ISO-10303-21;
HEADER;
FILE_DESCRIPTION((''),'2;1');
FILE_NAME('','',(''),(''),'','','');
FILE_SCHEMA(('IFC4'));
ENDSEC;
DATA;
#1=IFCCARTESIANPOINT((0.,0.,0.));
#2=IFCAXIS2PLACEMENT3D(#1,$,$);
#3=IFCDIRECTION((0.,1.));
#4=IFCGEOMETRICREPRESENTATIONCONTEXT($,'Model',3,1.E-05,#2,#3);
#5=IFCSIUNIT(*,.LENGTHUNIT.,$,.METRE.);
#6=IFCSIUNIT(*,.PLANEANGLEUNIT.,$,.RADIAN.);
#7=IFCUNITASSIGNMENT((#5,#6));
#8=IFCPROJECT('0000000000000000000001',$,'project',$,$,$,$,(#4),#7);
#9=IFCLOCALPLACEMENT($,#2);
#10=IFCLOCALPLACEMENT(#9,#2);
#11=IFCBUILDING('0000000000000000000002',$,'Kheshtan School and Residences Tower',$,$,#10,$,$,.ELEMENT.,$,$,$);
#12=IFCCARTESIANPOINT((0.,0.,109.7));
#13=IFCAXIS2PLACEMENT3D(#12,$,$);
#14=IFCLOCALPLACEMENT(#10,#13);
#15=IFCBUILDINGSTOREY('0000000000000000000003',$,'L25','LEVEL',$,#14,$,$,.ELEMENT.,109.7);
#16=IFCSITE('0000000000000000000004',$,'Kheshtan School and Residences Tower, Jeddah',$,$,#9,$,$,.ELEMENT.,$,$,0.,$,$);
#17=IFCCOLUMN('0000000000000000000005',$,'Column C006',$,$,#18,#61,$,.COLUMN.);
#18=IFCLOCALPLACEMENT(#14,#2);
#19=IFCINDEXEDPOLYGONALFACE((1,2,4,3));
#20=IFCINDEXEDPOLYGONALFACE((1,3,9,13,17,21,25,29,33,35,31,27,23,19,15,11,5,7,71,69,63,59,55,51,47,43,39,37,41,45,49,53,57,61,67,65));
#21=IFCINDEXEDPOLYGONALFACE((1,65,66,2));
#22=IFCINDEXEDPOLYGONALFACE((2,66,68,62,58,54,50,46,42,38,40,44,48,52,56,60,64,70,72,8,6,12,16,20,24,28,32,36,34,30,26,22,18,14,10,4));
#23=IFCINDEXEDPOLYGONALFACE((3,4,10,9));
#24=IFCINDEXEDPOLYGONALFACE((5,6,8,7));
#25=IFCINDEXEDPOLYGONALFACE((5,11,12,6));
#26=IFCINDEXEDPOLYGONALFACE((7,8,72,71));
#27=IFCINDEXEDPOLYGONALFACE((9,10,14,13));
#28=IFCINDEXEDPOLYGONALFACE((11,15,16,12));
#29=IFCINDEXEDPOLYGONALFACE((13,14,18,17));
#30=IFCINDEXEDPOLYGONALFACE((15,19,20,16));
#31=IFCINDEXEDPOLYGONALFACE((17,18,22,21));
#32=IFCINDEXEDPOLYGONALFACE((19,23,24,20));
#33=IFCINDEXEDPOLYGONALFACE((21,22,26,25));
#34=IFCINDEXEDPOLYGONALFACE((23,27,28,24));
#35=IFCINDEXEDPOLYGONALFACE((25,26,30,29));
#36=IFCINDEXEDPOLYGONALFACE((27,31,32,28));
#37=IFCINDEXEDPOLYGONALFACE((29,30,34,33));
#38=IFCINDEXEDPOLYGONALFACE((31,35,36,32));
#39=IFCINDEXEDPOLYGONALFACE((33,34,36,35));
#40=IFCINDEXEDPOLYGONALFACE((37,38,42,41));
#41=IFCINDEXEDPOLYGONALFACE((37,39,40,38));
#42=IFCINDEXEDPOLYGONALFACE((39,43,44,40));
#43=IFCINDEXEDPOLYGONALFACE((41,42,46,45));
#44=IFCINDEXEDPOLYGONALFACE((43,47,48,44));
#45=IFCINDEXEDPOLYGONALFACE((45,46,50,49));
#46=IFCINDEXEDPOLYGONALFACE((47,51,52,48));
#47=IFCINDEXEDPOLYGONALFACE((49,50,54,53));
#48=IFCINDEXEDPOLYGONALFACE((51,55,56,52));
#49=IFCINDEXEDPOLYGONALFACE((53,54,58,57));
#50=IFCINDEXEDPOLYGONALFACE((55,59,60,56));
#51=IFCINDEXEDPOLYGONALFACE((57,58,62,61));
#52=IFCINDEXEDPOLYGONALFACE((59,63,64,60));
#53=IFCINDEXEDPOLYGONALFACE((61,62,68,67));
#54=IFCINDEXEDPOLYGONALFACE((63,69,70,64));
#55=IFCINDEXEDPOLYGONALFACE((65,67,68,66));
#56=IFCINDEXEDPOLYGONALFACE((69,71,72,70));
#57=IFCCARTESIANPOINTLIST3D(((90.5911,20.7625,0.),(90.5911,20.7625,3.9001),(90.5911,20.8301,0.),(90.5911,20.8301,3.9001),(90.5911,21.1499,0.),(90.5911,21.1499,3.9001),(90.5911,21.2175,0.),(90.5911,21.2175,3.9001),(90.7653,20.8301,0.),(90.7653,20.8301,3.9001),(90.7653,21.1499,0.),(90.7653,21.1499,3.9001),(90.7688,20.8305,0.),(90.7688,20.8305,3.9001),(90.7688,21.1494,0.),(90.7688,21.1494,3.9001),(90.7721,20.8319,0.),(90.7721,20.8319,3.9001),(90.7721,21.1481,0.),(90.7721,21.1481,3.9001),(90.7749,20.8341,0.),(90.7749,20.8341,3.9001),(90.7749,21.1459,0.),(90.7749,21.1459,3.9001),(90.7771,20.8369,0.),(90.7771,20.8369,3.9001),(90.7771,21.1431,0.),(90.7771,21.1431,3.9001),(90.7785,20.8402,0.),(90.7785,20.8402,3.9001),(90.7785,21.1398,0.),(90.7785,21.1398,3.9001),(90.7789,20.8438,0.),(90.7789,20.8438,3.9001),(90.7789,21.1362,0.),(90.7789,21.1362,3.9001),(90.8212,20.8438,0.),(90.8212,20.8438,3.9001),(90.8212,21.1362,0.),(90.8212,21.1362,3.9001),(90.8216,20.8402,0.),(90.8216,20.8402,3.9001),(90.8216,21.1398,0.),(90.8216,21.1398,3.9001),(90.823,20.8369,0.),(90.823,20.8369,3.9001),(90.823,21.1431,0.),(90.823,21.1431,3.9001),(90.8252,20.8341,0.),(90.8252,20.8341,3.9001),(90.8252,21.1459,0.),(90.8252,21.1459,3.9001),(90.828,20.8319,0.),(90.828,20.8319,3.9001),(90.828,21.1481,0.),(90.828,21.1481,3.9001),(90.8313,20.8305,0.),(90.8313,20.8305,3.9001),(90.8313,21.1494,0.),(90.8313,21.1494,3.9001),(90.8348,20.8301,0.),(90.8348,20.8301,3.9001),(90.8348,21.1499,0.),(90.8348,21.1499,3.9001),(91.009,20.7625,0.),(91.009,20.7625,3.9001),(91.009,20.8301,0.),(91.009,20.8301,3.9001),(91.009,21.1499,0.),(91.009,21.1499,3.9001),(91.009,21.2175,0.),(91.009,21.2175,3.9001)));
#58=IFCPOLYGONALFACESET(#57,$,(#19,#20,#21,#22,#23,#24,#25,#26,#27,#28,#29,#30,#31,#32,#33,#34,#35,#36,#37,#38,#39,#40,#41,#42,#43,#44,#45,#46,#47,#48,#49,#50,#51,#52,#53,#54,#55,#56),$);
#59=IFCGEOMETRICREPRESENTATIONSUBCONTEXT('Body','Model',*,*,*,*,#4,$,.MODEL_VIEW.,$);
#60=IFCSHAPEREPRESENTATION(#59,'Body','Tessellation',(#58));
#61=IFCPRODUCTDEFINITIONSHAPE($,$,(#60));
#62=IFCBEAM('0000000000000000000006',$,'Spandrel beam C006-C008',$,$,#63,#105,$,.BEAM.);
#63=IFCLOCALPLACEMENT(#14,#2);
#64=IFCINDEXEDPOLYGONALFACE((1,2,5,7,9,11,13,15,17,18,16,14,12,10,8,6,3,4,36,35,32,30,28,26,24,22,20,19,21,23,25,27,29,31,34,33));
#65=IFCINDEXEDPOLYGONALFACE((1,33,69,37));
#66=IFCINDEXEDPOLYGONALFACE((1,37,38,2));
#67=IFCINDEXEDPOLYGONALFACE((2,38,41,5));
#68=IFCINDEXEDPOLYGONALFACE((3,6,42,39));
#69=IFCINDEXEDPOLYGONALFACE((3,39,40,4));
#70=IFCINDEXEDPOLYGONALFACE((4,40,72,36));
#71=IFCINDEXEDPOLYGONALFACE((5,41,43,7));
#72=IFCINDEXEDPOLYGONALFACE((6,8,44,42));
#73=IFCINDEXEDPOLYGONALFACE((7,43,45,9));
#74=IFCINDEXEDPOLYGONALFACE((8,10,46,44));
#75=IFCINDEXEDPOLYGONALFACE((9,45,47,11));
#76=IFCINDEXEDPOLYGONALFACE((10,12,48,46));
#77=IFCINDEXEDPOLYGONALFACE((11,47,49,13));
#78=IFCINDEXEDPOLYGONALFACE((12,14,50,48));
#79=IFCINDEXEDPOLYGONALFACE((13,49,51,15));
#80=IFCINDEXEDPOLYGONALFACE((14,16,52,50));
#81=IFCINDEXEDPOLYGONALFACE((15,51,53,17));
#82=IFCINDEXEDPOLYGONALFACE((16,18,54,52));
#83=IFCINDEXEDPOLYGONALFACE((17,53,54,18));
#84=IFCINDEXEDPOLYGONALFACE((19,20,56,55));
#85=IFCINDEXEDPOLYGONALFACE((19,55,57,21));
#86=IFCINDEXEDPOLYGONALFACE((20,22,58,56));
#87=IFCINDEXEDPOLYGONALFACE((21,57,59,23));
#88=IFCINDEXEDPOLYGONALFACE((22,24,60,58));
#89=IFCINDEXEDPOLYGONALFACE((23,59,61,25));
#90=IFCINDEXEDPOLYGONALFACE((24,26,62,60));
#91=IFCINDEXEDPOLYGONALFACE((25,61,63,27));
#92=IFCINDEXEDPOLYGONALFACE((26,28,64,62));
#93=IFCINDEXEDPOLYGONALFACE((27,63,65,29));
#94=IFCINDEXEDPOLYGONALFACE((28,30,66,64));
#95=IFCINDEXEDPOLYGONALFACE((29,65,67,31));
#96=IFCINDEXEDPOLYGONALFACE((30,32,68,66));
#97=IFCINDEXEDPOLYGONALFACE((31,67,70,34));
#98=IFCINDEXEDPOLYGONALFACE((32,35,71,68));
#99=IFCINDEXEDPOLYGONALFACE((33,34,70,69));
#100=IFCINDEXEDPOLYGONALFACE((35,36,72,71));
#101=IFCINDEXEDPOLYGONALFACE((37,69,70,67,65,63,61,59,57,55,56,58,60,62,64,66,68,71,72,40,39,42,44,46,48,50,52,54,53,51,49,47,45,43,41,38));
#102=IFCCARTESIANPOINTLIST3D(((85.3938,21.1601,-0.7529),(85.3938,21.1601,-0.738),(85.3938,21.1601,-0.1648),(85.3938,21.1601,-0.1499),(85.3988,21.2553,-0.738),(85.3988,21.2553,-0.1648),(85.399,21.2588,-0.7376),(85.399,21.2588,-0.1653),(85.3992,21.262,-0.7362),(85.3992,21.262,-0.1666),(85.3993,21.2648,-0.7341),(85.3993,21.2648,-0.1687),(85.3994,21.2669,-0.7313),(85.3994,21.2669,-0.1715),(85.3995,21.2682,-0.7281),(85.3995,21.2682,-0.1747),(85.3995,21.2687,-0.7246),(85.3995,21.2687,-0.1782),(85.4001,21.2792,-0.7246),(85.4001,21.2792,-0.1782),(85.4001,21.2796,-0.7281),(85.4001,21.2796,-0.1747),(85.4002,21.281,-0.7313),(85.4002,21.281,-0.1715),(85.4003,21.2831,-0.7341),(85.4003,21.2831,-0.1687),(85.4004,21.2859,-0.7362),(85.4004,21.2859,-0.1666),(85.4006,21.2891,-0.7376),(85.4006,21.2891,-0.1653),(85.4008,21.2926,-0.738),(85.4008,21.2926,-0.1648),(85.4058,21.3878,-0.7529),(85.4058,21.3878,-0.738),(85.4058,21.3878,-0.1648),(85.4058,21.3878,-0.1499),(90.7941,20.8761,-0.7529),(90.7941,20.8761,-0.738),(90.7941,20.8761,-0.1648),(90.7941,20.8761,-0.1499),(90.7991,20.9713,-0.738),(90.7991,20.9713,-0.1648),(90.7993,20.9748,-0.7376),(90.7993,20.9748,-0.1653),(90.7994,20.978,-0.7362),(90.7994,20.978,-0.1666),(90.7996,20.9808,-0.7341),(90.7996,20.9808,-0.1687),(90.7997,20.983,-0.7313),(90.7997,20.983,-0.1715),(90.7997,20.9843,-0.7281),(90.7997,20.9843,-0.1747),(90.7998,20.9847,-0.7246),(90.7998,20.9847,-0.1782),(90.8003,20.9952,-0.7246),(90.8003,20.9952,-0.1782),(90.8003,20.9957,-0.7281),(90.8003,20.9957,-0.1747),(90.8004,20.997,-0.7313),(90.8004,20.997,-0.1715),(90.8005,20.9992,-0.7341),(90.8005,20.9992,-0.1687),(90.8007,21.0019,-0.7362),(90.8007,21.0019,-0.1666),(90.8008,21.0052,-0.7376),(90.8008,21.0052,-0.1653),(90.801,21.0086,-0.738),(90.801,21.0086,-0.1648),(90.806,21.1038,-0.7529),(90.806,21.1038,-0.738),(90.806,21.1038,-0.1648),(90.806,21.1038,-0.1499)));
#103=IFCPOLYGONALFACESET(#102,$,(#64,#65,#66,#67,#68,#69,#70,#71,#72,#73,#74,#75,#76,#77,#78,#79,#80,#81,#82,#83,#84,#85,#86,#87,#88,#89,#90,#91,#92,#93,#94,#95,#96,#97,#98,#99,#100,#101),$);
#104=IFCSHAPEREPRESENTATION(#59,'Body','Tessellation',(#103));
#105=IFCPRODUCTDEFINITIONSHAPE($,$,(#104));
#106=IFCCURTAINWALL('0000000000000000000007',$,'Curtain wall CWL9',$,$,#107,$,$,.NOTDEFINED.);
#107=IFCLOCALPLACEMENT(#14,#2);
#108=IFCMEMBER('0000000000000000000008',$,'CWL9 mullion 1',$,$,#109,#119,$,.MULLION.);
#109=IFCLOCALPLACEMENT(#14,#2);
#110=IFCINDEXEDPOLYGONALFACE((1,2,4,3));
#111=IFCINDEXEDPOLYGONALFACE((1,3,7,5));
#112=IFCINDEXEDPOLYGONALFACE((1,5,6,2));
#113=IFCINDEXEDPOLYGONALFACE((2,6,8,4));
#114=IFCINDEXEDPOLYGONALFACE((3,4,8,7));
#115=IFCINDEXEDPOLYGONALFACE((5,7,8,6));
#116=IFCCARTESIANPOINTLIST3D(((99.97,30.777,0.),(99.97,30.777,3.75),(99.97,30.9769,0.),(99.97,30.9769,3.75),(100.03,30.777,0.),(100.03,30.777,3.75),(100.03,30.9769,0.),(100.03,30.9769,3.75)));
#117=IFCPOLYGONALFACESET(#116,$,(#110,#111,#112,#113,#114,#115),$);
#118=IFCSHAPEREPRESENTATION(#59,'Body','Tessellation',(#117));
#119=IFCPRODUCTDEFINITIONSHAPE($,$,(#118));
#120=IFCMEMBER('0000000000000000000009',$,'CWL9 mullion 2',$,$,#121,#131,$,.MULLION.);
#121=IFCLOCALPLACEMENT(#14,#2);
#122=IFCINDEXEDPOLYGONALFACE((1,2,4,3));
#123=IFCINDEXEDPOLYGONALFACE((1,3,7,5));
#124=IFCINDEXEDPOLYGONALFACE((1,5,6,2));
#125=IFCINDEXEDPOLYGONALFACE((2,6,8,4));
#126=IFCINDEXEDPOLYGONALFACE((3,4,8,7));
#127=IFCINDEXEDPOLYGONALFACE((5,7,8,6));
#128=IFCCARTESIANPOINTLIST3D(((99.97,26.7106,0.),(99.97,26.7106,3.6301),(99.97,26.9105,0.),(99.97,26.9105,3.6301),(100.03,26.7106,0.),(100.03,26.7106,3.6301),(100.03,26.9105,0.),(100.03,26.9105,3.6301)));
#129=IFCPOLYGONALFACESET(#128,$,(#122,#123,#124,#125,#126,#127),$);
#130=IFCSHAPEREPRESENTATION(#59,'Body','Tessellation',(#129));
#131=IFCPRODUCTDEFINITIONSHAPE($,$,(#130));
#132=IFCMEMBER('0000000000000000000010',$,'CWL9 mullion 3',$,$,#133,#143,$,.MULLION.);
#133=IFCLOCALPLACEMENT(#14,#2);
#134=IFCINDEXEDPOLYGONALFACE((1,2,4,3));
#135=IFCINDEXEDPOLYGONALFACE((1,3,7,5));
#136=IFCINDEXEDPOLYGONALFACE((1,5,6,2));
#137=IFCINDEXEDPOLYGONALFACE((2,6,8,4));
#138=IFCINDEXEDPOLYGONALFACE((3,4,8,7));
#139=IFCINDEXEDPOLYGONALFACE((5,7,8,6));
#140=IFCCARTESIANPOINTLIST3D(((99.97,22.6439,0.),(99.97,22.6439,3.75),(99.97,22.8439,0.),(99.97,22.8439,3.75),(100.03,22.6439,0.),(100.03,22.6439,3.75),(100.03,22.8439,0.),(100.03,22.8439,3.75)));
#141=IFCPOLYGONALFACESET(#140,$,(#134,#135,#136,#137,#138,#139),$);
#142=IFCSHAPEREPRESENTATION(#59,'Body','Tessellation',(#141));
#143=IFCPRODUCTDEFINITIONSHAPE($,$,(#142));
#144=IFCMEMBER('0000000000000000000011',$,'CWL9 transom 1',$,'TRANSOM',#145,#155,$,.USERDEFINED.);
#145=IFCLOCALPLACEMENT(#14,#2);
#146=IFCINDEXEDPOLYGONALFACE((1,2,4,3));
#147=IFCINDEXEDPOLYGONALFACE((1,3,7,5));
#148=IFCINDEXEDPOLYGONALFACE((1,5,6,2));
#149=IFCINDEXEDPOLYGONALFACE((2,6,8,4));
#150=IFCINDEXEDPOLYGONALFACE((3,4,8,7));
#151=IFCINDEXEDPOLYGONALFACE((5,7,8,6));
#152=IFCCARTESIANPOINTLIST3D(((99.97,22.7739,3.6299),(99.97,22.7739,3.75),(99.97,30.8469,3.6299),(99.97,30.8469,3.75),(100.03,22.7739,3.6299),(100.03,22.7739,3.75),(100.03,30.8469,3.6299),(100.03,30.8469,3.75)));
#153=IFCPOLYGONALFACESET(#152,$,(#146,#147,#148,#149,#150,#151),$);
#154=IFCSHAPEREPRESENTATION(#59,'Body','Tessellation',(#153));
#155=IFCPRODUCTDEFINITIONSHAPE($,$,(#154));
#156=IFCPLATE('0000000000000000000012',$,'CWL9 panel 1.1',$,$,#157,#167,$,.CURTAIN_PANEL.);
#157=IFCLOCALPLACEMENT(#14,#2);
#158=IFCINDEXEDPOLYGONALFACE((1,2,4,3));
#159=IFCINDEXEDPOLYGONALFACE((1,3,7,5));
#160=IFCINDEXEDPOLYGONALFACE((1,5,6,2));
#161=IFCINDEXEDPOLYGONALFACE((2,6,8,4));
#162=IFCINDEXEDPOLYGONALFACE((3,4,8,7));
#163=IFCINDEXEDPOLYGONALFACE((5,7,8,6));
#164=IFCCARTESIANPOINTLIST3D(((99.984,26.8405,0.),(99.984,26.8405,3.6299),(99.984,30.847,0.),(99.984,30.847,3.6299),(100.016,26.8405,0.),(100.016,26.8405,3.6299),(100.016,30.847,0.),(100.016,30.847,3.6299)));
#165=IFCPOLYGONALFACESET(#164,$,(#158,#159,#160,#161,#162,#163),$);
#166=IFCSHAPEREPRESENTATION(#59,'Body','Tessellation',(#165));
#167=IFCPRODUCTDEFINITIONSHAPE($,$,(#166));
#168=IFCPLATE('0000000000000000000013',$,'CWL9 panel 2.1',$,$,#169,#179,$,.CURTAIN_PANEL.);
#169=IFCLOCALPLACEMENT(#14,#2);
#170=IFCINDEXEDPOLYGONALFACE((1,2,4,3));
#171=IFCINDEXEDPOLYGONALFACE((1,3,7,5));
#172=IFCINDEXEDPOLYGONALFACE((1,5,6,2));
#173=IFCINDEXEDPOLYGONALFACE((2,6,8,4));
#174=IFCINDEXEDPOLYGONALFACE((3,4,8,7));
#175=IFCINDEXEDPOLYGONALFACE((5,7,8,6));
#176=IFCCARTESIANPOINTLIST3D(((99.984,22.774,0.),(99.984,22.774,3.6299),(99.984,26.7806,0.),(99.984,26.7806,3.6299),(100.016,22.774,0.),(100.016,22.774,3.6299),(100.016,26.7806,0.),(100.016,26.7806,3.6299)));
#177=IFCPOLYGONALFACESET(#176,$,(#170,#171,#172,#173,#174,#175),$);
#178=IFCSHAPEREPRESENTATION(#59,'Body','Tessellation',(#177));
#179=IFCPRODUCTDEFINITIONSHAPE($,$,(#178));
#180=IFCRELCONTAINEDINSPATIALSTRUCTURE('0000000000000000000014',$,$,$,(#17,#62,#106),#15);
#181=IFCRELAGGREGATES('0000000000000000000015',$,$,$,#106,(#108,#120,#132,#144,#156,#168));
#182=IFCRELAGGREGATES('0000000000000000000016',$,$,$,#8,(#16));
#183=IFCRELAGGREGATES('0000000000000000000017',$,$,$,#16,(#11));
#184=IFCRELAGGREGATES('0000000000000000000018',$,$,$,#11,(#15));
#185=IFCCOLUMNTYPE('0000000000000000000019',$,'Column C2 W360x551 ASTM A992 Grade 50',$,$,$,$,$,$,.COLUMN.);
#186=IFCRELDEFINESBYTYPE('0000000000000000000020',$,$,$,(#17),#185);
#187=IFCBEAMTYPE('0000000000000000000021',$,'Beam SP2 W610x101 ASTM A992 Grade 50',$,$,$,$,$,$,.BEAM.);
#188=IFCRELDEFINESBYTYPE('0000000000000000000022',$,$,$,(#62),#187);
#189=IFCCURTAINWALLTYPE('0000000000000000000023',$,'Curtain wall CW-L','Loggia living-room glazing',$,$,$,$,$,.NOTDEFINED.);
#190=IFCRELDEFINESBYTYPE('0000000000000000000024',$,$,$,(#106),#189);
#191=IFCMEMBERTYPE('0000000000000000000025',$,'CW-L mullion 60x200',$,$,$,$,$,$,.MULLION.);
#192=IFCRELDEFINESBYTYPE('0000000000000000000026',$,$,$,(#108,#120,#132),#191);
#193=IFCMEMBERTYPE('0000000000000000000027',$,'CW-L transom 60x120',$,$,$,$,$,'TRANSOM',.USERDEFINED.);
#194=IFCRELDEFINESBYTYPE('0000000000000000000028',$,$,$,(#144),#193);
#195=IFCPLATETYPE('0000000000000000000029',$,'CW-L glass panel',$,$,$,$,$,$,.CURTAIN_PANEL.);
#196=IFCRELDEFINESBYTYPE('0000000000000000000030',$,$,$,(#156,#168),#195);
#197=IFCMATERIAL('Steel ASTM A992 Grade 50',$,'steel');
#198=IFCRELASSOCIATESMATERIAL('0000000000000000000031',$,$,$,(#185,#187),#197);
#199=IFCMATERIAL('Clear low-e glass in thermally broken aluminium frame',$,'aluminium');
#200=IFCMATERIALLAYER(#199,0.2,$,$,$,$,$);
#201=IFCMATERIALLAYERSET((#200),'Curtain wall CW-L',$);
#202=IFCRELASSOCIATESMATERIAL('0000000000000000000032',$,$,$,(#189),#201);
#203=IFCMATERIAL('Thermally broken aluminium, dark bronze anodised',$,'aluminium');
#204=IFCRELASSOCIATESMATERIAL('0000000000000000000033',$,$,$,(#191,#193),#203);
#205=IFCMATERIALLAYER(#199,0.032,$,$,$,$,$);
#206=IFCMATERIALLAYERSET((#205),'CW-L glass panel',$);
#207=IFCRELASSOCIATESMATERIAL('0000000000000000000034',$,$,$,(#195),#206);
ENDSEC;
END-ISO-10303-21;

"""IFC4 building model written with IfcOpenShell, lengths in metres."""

from ifc_helpers import new_model, si_unit, direction, frame, origin, origin_2d, place, context, subcontext, project, spatial, rectangle, i_section, extrude, material, layer, layer_set, material_profile, profile_set, type_object, element, aggregate, save


model = new_model("IFC4")

# Units and contexts
model_context = context("Model", 3, precision=1e-05, world=origin(), true_north=direction((0.0, 1.0)))
body_context = subcontext(model_context, "Body", "Model", "MODEL_VIEW")
ifc_project = project(units=[si_unit("LENGTHUNIT", "METRE"), si_unit("PLANEANGLEUNIT", "RADIAN")], contexts=[model_context])

# Site, building, storey
site_placement = place(None, origin())
site = spatial("IfcSite", under=ifc_project, at=site_placement, Name="Kheshtan School and Residences Tower, Jeddah", CompositionType="ELEMENT", RefElevation=0.0)
building_placement = place(site_placement, origin())
building = spatial("IfcBuilding", under=site, at=building_placement, Name="Kheshtan School and Residences Tower", CompositionType="ELEMENT")
storey_placement = place(building_placement, frame((0.0, 0.0, 109.7)))
storey = spatial("IfcBuildingStorey", under=building, at=storey_placement, Name="L25", Description="LEVEL", CompositionType="ELEMENT", Elevation=109.7)

# Column
ifc_material_1 = material(Name="Steel ASTM A992 Grade 50", Category="steel")
ifc_material_profile_1 = material_profile(ifc_material_1, i_section(OverallWidth=0.418, OverallDepth=0.4551, WebThickness=0.0422, FlangeThickness=0.0676, FilletRadius=0.0137, at=origin_2d()), Name="W360x551")
ifc_profile_set_1 = profile_set([ifc_material_profile_1], Name="Steel ASTM A992 Grade 50")
column_type = type_object("IfcColumnType", Name="Column C2 W360x551 ASTM A992 Grade 50", PredefinedType="COLUMN", material=ifc_profile_set_1)
column_placement = place(storey_placement, frame((90.8, 20.99, 0.0), z_axis=(0.0, 0.0, 1.0), x_axis=(1.0, 0.0, 0.0)))
element("IfcColumn", 1, at=column_placement, inside=storey, type_object=column_type, Name="Column C006", PredefinedType="COLUMN", context=body_context, shape_type="SweptSolid", body=[
    extrude(i_section(OverallWidth=0.418, OverallDepth=0.4551, WebThickness=0.0422, FlangeThickness=0.0676, FilletRadius=0.0137, at=origin_2d()), origin(), (0.0, 0.0, 1.0), 3.9001),
])

# Beam
ifc_material_profile_2 = material_profile(ifc_material_1, i_section(OverallWidth=0.228, OverallDepth=0.603, WebThickness=0.0105, FlangeThickness=0.0149, FilletRadius=0.0134, at=origin_2d()), Name="W610x101")
ifc_profile_set_2 = profile_set([ifc_material_profile_2], Name="Steel ASTM A992 Grade 50")
beam_type = type_object("IfcBeamType", Name="Beam SP2 W610x101 ASTM A992 Grade 50", PredefinedType="BEAM", material=ifc_profile_set_2)
beam_placement = place(storey_placement, frame((90.8, 20.99, -0.4514), z_axis=(-0.998621, 0.052507, 0.0), x_axis=(-0.052507, -0.998621, 0.0)))
element("IfcBeam", 2, at=beam_placement, inside=storey, type_object=beam_type, Name="Spandrel beam C006-C008", PredefinedType="BEAM", context=body_context, shape_type="SweptSolid", body=[
    extrude(i_section(OverallWidth=0.228, OverallDepth=0.603, WebThickness=0.0105, FlangeThickness=0.0149, FilletRadius=0.0134, at=origin_2d()), origin(), (0.0, 0.0, 1.0), 5.4077),
])

# Curtain wall, members, plates
ifc_material_2 = material(Name="Clear low-e glass in thermally broken aluminium frame", Category="aluminium")
ifc_layer_1 = layer(ifc_material_2, 0.2)
ifc_layer_set_1 = layer_set([ifc_layer_1], Name="Curtain wall CW-L")
curtain_wall_type = type_object("IfcCurtainWallType", Name="Curtain wall CW-L", Description="Loggia living-room glazing", PredefinedType="NOTDEFINED", material=ifc_layer_set_1)
curtain_wall_placement = place(storey_placement, origin())
curtain_wall = element("IfcCurtainWall", 3, at=curtain_wall_placement, inside=storey, type_object=curtain_wall_type, Name="Curtain wall CWL9", PredefinedType="NOTDEFINED")
ifc_material_3 = material(Name="Thermally broken aluminium, dark bronze anodised", Category="aluminium")
ifc_material_profile_3 = material_profile(ifc_material_3, rectangle(XDim=0.0601, YDim=0.2, at=origin_2d()), Name="CW-L mullion 60x200")
ifc_profile_set_3 = profile_set([ifc_material_profile_3], Name="Thermally broken aluminium, dark bronze anodised")
member_type_1 = type_object("IfcMemberType", Name="CW-L mullion 60x200", PredefinedType="MULLION", material=ifc_profile_set_3)
member_1_placement = place(storey_placement, frame((100.0, 30.877, 0.0), z_axis=(0.0, 0.0, 1.0), x_axis=(1.0, 0.0, 0.0)))
member_1 = element("IfcMember", 4, at=member_1_placement, type_object=member_type_1, Name="CWL9 mullion 1", PredefinedType="MULLION", context=body_context, shape_type="SweptSolid", body=[
    extrude(rectangle(XDim=0.0601, YDim=0.2, at=origin_2d()), origin(), (0.0, 0.0, 1.0), 3.75),
])
member_2_placement = place(storey_placement, frame((100.0, 26.8105, 0.0), z_axis=(0.0, 0.0, 1.0), x_axis=(1.0, 0.0, 0.0)))
member_2 = element("IfcMember", 5, at=member_2_placement, type_object=member_type_1, Name="CWL9 mullion 2", PredefinedType="MULLION", context=body_context, shape_type="SweptSolid", body=[
    extrude(rectangle(XDim=0.0601, YDim=0.2, at=origin_2d()), origin(), (0.0, 0.0, 1.0), 3.6301),
])
member_3_placement = place(storey_placement, frame((100.0, 22.7439, 0.0), z_axis=(0.0, 0.0, 1.0), x_axis=(1.0, 0.0, 0.0)))
member_3 = element("IfcMember", 6, at=member_3_placement, type_object=member_type_1, Name="CWL9 mullion 3", PredefinedType="MULLION", context=body_context, shape_type="SweptSolid", body=[
    extrude(rectangle(XDim=0.0601, YDim=0.2, at=origin_2d()), origin(), (0.0, 0.0, 1.0), 3.75),
])
ifc_material_profile_4 = material_profile(ifc_material_3, rectangle(XDim=0.0601, YDim=0.1201, at=origin_2d()), Name="CW-L transom 60x120")
ifc_profile_set_4 = profile_set([ifc_material_profile_4], Name="Thermally broken aluminium, dark bronze anodised")
member_type_2 = type_object("IfcMemberType", Name="CW-L transom 60x120", ElementType="TRANSOM", PredefinedType="USERDEFINED", material=ifc_profile_set_4)
member_4_placement = place(storey_placement, frame((100.0, 30.8469, 3.6899), z_axis=(0.0, -1.0, 0.0), x_axis=(1.0, 0.0, 0.0)))
member_4 = element("IfcMember", 7, at=member_4_placement, type_object=member_type_2, Name="CWL9 transom 1", ObjectType="TRANSOM", PredefinedType="USERDEFINED", context=body_context, shape_type="SweptSolid", body=[
    extrude(rectangle(XDim=0.0601, YDim=0.1201, at=origin_2d()), origin(), (0.0, 0.0, 1.0), 8.073),
])
ifc_layer_2 = layer(ifc_material_2, 0.032)
ifc_layer_set_2 = layer_set([ifc_layer_2], Name="CW-L glass panel")
plate_type = type_object("IfcPlateType", Name="CW-L glass panel", PredefinedType="CURTAIN_PANEL", material=ifc_layer_set_2)
plate_1_placement = place(storey_placement, frame((100.0, 28.8438, 0.0), z_axis=(0.0, 0.0, 1.0), x_axis=(0.0, -1.0, 0.0)))
plate_1 = element("IfcPlate", 8, at=plate_1_placement, type_object=plate_type, Name="CWL9 panel 1.1", PredefinedType="CURTAIN_PANEL", context=body_context, shape_type="SweptSolid", body=[
    extrude(rectangle(XDim=4.0066, YDim=0.032, at=origin_2d()), origin(), (0.0, 0.0, 1.0), 3.6299),
])
plate_2_placement = place(storey_placement, frame((100.0, 24.7773, 0.0), z_axis=(0.0, 0.0, 1.0), x_axis=(0.0, -1.0, 0.0)))
plate_2 = element("IfcPlate", 9, at=plate_2_placement, type_object=plate_type, Name="CWL9 panel 2.1", PredefinedType="CURTAIN_PANEL", context=body_context, shape_type="SweptSolid", body=[
    extrude(rectangle(XDim=4.0066, YDim=0.032, at=origin_2d()), origin(), (0.0, 0.0, 1.0), 3.6299),
])
aggregate(curtain_wall, [member_1, member_2, member_3, member_4, plate_1, plate_2])

save(model, "model.ifc")
